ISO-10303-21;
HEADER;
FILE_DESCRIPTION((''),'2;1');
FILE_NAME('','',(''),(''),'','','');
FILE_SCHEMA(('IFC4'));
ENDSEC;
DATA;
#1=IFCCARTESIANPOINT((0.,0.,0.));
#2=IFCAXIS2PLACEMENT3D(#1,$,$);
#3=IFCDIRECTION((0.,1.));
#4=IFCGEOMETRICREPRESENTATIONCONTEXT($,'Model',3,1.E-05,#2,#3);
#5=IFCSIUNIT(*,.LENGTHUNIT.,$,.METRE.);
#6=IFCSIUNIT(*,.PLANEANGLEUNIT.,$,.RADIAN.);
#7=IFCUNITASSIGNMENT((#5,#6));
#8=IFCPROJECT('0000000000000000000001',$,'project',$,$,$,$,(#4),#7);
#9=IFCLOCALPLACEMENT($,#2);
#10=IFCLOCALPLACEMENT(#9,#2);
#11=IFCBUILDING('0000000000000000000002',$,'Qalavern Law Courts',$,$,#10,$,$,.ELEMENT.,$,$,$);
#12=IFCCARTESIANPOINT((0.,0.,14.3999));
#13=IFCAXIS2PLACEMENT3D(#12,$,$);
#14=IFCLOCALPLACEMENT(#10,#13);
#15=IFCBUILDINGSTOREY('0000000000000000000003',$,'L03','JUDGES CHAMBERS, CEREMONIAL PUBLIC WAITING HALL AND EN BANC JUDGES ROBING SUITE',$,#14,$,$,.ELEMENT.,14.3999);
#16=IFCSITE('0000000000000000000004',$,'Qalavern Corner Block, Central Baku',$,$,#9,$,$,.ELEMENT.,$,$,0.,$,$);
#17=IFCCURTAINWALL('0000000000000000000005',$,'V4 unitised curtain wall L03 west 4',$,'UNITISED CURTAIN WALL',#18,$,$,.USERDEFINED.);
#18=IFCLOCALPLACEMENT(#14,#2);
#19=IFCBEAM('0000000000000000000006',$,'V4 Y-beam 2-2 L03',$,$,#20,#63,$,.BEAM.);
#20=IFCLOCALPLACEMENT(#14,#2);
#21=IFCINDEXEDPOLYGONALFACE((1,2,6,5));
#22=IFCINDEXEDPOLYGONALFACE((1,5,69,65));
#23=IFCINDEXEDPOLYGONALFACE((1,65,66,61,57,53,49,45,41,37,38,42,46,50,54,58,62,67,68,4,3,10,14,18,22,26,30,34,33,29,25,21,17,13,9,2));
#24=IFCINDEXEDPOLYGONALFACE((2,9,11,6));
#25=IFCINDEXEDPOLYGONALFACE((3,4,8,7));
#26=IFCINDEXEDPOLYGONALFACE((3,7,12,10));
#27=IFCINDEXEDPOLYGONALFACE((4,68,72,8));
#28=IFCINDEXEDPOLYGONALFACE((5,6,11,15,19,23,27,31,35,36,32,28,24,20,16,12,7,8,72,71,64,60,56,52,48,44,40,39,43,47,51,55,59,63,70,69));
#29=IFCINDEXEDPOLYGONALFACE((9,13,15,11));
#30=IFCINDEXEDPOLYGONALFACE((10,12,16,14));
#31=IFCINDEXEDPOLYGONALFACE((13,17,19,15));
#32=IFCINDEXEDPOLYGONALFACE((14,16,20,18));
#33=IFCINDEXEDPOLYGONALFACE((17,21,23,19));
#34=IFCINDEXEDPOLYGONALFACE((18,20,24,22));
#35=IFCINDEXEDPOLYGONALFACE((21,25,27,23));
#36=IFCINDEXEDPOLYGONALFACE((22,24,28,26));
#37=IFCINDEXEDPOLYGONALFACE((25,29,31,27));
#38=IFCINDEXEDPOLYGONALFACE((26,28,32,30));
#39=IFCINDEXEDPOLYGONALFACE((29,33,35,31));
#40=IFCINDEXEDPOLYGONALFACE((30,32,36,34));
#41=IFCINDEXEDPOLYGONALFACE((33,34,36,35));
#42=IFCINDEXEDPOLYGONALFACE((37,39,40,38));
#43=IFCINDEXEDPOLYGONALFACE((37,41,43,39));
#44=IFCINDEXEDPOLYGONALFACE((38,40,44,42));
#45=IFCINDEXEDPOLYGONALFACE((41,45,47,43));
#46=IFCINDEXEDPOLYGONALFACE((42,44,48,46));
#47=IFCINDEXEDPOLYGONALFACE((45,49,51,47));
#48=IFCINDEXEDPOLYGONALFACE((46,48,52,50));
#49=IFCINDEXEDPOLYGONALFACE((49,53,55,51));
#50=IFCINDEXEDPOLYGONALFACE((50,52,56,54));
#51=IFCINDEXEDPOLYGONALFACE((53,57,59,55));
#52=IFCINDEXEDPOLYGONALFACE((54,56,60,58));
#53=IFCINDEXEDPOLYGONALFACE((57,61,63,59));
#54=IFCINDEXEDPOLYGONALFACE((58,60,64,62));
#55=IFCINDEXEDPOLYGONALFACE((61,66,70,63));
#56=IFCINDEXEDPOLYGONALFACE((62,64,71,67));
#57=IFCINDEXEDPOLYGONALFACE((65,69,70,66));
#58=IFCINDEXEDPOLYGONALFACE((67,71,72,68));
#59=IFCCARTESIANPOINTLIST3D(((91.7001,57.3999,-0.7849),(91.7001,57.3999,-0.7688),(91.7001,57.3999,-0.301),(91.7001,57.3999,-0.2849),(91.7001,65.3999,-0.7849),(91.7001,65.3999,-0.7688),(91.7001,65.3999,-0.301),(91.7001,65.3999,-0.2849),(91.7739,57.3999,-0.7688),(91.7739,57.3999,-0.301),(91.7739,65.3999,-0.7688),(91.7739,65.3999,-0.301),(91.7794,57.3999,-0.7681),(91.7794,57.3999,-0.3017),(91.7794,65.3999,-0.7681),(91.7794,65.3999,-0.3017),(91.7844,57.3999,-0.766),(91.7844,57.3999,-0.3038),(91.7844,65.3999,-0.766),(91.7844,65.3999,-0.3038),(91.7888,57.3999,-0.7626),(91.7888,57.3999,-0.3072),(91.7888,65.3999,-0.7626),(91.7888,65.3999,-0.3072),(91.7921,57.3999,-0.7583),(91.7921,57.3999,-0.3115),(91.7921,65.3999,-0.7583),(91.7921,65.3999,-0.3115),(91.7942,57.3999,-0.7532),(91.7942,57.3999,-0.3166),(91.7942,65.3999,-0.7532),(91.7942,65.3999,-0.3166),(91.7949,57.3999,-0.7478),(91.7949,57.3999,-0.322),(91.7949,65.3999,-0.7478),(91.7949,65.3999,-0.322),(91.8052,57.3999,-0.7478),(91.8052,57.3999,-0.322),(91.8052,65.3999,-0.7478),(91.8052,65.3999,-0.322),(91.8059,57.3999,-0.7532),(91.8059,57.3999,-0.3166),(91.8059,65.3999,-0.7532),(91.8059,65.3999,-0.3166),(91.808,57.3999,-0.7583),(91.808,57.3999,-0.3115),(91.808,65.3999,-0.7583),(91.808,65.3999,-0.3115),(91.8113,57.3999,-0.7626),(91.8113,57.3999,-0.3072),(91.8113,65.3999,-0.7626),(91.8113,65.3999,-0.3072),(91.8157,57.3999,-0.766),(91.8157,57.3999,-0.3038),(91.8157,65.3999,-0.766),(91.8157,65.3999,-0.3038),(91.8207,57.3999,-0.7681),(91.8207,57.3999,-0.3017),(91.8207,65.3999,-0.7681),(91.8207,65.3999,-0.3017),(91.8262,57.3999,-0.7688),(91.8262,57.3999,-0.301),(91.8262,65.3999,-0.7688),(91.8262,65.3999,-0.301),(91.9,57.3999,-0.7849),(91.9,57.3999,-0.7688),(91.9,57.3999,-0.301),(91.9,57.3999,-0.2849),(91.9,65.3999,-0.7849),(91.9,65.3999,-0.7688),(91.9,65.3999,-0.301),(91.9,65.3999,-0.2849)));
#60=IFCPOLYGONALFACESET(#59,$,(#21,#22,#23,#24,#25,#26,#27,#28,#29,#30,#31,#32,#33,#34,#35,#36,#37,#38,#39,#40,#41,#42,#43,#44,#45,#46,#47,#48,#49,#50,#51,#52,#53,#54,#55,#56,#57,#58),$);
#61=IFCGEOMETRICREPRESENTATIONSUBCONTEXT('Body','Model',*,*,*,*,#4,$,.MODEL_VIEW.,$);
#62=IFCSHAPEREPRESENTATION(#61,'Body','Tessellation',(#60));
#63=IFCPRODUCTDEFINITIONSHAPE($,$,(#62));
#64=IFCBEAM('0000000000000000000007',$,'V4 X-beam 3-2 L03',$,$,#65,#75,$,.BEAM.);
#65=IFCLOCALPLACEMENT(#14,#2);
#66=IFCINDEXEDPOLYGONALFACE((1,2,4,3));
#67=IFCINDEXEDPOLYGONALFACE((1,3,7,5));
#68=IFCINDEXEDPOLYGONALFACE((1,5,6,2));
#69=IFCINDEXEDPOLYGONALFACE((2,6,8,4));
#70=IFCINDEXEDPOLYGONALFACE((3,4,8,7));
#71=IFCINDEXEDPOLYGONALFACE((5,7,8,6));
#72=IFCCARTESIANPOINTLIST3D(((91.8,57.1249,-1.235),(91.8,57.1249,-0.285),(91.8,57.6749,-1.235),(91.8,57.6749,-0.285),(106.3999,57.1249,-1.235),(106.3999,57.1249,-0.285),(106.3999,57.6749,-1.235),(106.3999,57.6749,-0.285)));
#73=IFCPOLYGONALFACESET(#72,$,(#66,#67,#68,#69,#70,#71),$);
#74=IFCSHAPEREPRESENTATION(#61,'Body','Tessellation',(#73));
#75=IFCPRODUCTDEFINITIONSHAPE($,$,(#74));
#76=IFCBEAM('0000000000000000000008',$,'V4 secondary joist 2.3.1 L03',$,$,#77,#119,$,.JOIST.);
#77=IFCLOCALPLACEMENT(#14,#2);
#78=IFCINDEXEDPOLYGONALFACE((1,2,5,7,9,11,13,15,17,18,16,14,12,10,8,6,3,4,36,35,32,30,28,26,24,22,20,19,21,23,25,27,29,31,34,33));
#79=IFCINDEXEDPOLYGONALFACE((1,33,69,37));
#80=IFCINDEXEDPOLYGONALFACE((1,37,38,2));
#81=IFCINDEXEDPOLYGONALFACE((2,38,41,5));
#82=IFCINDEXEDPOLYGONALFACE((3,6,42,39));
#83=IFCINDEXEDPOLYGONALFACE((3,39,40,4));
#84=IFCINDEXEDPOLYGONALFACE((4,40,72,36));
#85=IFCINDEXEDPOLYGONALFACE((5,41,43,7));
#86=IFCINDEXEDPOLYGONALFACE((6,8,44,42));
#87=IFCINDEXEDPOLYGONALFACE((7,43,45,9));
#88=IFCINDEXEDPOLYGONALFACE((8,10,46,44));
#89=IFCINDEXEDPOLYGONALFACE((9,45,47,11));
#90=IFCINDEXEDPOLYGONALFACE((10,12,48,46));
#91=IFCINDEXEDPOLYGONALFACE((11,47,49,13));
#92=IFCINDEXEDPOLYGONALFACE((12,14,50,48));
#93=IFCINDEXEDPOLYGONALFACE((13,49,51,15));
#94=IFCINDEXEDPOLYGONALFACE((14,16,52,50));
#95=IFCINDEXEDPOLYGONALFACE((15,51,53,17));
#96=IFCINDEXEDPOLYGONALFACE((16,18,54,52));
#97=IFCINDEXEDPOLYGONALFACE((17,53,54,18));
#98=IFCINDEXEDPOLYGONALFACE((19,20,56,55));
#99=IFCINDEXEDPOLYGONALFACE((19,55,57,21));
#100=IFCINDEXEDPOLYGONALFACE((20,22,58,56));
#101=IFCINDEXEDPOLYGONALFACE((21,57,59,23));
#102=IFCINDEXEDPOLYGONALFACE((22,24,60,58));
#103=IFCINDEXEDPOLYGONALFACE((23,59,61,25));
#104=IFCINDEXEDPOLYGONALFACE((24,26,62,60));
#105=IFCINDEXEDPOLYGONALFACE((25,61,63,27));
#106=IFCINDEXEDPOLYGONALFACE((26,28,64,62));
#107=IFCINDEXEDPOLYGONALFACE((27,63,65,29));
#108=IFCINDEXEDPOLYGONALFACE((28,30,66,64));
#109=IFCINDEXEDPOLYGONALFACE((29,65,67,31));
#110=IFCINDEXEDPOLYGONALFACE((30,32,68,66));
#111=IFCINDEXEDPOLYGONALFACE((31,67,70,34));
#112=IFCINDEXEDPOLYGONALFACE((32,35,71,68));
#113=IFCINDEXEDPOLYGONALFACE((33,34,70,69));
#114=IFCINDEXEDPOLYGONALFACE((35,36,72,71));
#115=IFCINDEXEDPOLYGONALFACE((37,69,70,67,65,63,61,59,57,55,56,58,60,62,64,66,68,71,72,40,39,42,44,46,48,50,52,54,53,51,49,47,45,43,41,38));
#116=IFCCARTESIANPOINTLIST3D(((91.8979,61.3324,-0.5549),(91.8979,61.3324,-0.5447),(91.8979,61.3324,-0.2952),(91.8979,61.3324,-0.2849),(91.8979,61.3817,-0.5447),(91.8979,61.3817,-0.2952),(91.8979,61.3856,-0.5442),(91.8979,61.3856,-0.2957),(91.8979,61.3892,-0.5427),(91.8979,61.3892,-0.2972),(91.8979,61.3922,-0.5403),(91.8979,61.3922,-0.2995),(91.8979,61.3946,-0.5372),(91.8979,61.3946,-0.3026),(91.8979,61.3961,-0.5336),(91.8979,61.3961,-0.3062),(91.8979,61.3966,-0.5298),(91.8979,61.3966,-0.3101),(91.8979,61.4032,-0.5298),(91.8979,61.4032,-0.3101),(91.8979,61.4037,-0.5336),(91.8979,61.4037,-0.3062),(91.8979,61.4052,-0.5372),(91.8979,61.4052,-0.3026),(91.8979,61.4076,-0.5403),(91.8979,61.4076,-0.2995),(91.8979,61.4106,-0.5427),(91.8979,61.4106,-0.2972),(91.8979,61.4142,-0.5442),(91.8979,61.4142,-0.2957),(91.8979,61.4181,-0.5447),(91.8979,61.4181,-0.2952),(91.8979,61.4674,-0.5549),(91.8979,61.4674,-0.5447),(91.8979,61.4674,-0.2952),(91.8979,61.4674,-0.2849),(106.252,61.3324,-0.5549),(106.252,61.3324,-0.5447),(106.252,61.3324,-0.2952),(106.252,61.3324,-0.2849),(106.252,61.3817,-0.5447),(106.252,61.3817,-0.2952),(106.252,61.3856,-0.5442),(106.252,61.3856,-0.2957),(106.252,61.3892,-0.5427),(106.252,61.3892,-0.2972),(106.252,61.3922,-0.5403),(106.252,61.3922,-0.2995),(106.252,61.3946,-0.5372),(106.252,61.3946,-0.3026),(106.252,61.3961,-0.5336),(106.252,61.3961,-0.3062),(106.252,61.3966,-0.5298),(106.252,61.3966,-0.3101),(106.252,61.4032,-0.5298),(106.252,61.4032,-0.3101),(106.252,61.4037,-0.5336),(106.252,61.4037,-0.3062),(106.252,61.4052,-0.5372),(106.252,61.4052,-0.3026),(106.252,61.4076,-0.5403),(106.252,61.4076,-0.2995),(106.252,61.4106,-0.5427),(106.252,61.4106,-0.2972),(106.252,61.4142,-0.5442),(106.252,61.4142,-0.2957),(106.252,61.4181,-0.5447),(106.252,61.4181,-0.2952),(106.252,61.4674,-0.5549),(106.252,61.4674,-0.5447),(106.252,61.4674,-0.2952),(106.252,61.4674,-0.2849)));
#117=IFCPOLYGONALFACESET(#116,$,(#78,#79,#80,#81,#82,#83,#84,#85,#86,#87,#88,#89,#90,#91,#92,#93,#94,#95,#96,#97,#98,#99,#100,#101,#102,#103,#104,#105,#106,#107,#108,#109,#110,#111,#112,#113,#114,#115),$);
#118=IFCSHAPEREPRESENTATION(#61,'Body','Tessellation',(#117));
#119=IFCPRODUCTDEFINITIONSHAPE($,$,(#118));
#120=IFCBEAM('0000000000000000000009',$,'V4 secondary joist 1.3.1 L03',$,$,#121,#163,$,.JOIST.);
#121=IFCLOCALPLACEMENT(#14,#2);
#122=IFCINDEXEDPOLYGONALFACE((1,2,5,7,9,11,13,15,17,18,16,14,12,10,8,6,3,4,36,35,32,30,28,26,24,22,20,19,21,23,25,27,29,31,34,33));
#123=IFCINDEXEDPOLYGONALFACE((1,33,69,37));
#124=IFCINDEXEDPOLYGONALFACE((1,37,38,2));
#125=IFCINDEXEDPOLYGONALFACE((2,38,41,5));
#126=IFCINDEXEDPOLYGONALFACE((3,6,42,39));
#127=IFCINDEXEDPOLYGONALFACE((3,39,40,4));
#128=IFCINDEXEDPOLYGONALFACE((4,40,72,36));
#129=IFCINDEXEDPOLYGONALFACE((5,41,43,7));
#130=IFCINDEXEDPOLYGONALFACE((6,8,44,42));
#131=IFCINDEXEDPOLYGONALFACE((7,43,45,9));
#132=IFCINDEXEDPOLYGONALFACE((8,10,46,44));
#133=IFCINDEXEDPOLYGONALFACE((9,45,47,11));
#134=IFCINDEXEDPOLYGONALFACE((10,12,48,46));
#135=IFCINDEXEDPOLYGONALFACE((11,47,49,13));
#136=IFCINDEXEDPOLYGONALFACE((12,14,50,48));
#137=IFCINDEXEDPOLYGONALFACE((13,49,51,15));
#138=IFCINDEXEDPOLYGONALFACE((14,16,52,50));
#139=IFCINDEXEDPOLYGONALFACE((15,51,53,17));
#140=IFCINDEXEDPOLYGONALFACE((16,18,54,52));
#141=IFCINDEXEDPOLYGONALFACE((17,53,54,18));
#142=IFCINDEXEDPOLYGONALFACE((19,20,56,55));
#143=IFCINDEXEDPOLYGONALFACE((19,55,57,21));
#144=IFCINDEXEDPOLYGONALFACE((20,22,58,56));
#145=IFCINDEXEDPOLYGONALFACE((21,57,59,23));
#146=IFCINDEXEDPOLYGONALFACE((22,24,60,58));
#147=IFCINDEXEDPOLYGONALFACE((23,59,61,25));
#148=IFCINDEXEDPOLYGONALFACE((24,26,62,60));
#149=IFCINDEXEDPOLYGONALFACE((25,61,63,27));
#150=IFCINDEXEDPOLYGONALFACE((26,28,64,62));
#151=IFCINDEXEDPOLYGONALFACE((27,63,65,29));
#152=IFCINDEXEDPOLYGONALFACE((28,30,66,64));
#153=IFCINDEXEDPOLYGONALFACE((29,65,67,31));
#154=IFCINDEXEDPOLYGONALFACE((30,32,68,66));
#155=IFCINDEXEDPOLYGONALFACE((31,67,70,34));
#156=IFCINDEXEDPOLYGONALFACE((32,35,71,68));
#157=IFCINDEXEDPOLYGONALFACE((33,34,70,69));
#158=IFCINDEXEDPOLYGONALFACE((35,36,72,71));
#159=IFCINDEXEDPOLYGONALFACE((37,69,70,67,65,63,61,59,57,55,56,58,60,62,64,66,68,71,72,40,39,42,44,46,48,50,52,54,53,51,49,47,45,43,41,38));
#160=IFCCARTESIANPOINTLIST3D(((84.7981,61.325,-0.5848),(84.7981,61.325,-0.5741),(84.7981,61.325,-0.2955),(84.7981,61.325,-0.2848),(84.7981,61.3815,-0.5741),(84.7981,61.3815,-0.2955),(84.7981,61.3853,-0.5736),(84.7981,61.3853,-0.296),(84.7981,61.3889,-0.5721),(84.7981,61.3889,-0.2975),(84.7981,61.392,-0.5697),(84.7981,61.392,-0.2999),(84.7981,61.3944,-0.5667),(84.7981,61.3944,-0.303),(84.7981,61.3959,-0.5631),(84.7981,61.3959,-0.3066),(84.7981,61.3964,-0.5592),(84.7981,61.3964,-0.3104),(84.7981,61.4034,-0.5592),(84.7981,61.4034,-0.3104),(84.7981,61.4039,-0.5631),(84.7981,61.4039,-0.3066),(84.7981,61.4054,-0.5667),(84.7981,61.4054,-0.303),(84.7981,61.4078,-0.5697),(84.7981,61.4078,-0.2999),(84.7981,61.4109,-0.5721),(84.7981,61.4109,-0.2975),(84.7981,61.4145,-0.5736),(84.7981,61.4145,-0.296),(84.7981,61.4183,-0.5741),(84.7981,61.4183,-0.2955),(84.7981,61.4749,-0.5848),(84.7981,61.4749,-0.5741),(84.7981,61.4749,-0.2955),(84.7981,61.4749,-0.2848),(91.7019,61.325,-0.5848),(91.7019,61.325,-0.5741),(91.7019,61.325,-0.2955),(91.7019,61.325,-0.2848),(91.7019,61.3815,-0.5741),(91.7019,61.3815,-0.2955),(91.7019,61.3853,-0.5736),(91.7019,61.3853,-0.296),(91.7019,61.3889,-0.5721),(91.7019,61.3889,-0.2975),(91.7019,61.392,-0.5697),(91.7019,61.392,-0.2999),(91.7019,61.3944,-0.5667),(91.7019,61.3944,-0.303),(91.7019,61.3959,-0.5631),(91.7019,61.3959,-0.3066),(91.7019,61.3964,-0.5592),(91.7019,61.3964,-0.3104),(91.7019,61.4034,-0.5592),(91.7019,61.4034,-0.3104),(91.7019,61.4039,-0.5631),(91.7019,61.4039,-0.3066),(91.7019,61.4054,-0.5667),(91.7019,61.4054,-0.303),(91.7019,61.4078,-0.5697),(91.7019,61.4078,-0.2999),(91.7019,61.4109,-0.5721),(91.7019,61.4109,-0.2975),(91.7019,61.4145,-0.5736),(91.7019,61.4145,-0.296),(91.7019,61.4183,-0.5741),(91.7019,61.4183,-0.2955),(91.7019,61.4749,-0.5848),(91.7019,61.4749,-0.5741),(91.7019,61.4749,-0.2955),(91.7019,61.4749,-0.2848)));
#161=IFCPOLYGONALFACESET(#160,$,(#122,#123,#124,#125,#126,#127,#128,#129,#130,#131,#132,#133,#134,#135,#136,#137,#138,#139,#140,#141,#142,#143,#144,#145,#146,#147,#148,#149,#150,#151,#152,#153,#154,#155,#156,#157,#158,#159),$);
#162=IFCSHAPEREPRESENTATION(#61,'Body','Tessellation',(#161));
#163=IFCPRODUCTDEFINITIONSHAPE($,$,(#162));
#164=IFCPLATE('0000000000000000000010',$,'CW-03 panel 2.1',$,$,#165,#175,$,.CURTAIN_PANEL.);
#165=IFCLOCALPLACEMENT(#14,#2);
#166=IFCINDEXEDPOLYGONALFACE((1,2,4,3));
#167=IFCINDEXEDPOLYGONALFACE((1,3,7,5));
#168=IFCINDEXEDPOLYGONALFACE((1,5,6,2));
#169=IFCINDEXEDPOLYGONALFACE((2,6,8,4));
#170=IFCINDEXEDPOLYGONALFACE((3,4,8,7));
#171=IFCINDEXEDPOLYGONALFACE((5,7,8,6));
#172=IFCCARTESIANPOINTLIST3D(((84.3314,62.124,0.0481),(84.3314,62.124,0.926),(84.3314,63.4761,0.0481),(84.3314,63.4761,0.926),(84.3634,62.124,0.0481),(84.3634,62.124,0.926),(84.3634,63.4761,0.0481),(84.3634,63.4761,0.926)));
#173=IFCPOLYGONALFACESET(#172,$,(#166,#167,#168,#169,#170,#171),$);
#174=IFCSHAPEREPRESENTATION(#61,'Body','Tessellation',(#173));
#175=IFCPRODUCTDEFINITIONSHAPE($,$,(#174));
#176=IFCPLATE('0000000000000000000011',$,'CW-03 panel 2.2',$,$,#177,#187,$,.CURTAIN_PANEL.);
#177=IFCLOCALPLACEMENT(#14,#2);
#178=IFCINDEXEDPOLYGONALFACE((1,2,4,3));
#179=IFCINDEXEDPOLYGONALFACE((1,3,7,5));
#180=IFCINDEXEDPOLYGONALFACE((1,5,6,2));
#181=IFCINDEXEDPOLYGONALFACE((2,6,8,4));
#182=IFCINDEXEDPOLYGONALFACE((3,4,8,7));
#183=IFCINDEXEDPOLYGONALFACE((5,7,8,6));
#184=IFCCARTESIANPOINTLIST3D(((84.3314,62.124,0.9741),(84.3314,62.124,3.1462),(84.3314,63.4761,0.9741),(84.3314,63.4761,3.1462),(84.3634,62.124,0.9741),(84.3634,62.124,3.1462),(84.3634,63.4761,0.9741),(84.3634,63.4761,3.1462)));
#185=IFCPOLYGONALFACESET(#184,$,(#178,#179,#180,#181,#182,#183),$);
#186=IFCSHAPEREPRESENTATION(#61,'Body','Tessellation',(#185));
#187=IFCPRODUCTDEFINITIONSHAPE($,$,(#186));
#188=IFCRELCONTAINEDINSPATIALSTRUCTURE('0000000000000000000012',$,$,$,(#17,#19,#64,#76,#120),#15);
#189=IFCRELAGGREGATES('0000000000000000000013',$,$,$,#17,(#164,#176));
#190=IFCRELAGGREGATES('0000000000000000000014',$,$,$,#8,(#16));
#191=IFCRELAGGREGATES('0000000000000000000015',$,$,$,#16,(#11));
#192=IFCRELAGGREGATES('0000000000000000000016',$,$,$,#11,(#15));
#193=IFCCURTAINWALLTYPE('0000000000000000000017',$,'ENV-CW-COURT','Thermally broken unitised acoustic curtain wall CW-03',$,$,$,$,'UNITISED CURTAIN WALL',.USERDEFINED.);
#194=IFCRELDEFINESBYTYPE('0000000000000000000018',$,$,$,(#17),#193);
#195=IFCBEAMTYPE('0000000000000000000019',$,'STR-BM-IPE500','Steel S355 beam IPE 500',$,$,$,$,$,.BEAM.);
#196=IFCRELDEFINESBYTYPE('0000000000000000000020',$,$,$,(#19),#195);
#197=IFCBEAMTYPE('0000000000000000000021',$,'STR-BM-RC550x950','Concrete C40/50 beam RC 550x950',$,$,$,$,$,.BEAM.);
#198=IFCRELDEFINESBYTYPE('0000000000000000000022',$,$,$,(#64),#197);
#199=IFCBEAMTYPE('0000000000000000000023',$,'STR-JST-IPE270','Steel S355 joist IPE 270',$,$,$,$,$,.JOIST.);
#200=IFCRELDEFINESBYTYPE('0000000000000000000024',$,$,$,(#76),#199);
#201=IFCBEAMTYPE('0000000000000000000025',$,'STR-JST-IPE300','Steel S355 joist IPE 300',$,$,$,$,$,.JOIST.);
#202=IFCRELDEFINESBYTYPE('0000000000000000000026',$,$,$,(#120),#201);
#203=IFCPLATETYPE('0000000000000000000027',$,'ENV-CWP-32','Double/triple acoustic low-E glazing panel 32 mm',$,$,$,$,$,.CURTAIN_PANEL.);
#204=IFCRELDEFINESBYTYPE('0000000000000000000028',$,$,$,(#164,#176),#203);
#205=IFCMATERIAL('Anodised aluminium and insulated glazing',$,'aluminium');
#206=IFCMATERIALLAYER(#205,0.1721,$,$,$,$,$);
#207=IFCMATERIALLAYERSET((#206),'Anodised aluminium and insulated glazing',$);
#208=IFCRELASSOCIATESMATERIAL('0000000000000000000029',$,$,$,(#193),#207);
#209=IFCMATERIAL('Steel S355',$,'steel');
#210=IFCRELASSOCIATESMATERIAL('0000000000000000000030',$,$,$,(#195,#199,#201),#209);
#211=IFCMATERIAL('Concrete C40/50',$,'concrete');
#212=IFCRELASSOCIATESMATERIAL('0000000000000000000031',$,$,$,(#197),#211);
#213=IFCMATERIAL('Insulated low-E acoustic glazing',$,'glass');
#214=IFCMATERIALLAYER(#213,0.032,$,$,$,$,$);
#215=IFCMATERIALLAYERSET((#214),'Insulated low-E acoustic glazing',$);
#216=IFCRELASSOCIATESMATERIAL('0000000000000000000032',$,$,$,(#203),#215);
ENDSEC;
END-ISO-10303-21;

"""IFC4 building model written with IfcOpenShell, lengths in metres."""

from ifc_helpers import new_model, si_unit, direction, frame, origin, origin_2d, place, context, subcontext, project, spatial, rectangle, i_section, extrude, material, layer, layer_set, material_profile, profile_set, type_object, element, aggregate, save


model = new_model("IFC4")

# Units and contexts
model_context = context("Model", 3, precision=1e-05, world=origin(), true_north=direction((0.0, 1.0)))
body_context = subcontext(model_context, "Body", "Model", "MODEL_VIEW")
ifc_project = project(units=[si_unit("LENGTHUNIT", "METRE"), si_unit("PLANEANGLEUNIT", "RADIAN")], contexts=[model_context])

# Site, building, storey
site_placement = place(None, origin())
site = spatial("IfcSite", under=ifc_project, at=site_placement, Name="Qalavern Corner Block, Central Baku", CompositionType="ELEMENT", RefElevation=0.0)
building_placement = place(site_placement, origin())
building = spatial("IfcBuilding", under=site, at=building_placement, Name="Qalavern Law Courts", CompositionType="ELEMENT")
storey_placement = place(building_placement, frame((0.0, 0.0, 14.3999)))
storey = spatial("IfcBuildingStorey", under=building, at=storey_placement, Name="L03", Description="JUDGES CHAMBERS, CEREMONIAL PUBLIC WAITING HALL AND EN BANC JUDGES ROBING SUITE", CompositionType="ELEMENT", Elevation=14.3999)

# Curtain wall
ifc_material_1 = material(Name="Anodised aluminium and insulated glazing", Category="aluminium")
ifc_layer_1 = layer(ifc_material_1, 0.1721)
ifc_layer_set_1 = layer_set([ifc_layer_1], Name="Anodised aluminium and insulated glazing")
curtain_wall_type = type_object("IfcCurtainWallType", Name="ENV-CW-COURT", Description="Thermally broken unitised acoustic curtain wall CW-03", ElementType="UNITISED CURTAIN WALL", PredefinedType="USERDEFINED", material=ifc_layer_set_1)
curtain_wall_placement = place(storey_placement, origin())
curtain_wall = element("IfcCurtainWall", 1, at=curtain_wall_placement, inside=storey, type_object=curtain_wall_type, Name="V4 unitised curtain wall L03 west 4", ObjectType="UNITISED CURTAIN WALL", PredefinedType="USERDEFINED")

# Beams
ifc_material_2 = material(Name="Steel S355", Category="steel")
ifc_material_profile_1 = material_profile(ifc_material_2, i_section(OverallWidth=0.2, OverallDepth=0.5, WebThickness=0.0103, FlangeThickness=0.0161, FilletRadius=0.021, at=origin_2d()), Name="IPE 500")
ifc_profile_set_1 = profile_set([ifc_material_profile_1], Name="Steel S355")
beam_type_1 = type_object("IfcBeamType", Name="STR-BM-IPE500", Description="Steel S355 beam IPE 500", PredefinedType="BEAM", material=ifc_profile_set_1)
beam_1_placement = place(storey_placement, frame((91.8, 57.3999, -0.5349), z_axis=(0.0, 1.0, 0.0), x_axis=(-1.0, 0.0, 0.0)))
element("IfcBeam", 2, at=beam_1_placement, inside=storey, type_object=beam_type_1, Name="V4 Y-beam 2-2 L03", PredefinedType="BEAM", context=body_context, shape_type="SweptSolid", body=[
    extrude(i_section(OverallWidth=0.2, OverallDepth=0.5, WebThickness=0.0103, FlangeThickness=0.0161, FilletRadius=0.021, at=origin_2d()), origin(), (0.0, 0.0, 1.0), 8.0),
])
ifc_material_3 = material(Name="Concrete C40/50", Category="concrete")
ifc_material_profile_2 = material_profile(ifc_material_3, rectangle(XDim=0.55, YDim=0.95, at=origin_2d()), Name="RC 550x950")
ifc_profile_set_2 = profile_set([ifc_material_profile_2], Name="Concrete C40/50")
beam_type_2 = type_object("IfcBeamType", Name="STR-BM-RC550x950", Description="Concrete C40/50 beam RC 550x950", PredefinedType="BEAM", material=ifc_profile_set_2)
beam_2_placement = place(storey_placement, frame((91.8, 57.3999, -0.76), z_axis=(1.0, 0.0, 0.0), x_axis=(0.0, 1.0, 0.0)))
element("IfcBeam", 3, at=beam_2_placement, inside=storey, type_object=beam_type_2, Name="V4 X-beam 3-2 L03", PredefinedType="BEAM", context=body_context, shape_type="SweptSolid", body=[
    extrude(rectangle(XDim=0.55, YDim=0.95, at=origin_2d()), origin(), (0.0, 0.0, 1.0), 14.5999),
])
ifc_material_profile_3 = material_profile(ifc_material_2, i_section(OverallWidth=0.135, OverallDepth=0.27, WebThickness=0.0066, FlangeThickness=0.0103, FilletRadius=0.0149, at=origin_2d()), Name="IPE 270")
ifc_profile_set_3 = profile_set([ifc_material_profile_3], Name="Steel S355")
beam_type_3 = type_object("IfcBeamType", Name="STR-JST-IPE270", Description="Steel S355 joist IPE 270", PredefinedType="JOIST", material=ifc_profile_set_3)
beam_3_placement = place(storey_placement, frame((91.8979, 61.3999, -0.4199), z_axis=(1.0, 0.0, 0.0), x_axis=(0.0, 1.0, 0.0)))
element("IfcBeam", 4, at=beam_3_placement, inside=storey, type_object=beam_type_3, Name="V4 secondary joist 2.3.1 L03", PredefinedType="JOIST", context=body_context, shape_type="SweptSolid", body=[
    extrude(i_section(OverallWidth=0.135, OverallDepth=0.27, WebThickness=0.0066, FlangeThickness=0.0103, FilletRadius=0.0149, at=origin_2d()), origin(), (0.0, 0.0, 1.0), 14.354),
])
ifc_material_profile_4 = material_profile(ifc_material_2, i_section(OverallWidth=0.1499, OverallDepth=0.3, WebThickness=0.0071, FlangeThickness=0.0107, FilletRadius=0.0149, at=origin_2d()), Name="IPE 300")
ifc_profile_set_4 = profile_set([ifc_material_profile_4], Name="Steel S355")
beam_type_4 = type_object("IfcBeamType", Name="STR-JST-IPE300", Description="Steel S355 joist IPE 300", PredefinedType="JOIST", material=ifc_profile_set_4)
beam_4_placement = place(storey_placement, frame((84.7981, 61.3999, -0.4348), z_axis=(1.0, 0.0, 0.0), x_axis=(0.0, 1.0, 0.0)))
element("IfcBeam", 5, at=beam_4_placement, inside=storey, type_object=beam_type_4, Name="V4 secondary joist 1.3.1 L03", PredefinedType="JOIST", context=body_context, shape_type="SweptSolid", body=[
    extrude(i_section(OverallWidth=0.1499, OverallDepth=0.3, WebThickness=0.0071, FlangeThickness=0.0107, FilletRadius=0.0149, at=origin_2d()), origin(), (0.0, 0.0, 1.0), 6.9038),
])

# Plates
ifc_material_4 = material(Name="Insulated low-E acoustic glazing", Category="glass")
ifc_layer_2 = layer(ifc_material_4, 0.032)
ifc_layer_set_2 = layer_set([ifc_layer_2], Name="Insulated low-E acoustic glazing")
plate_type = type_object("IfcPlateType", Name="ENV-CWP-32", Description="Double/triple acoustic low-E glazing panel 32 mm", PredefinedType="CURTAIN_PANEL", material=ifc_layer_set_2)
plate_1_placement = place(storey_placement, frame((84.3474, 62.8, 0.0481), z_axis=(0.0, 0.0, 1.0), x_axis=(0.0, -1.0, 0.0)))
plate_1 = element("IfcPlate", 6, at=plate_1_placement, type_object=plate_type, Name="CW-03 panel 2.1", PredefinedType="CURTAIN_PANEL", context=body_context, shape_type="SweptSolid", body=[
    extrude(rectangle(XDim=1.3521, YDim=0.032, at=origin_2d()), origin(), (0.0, 0.0, 1.0), 0.8779),
])
plate_2_placement = place(storey_placement, frame((84.3474, 62.8, 0.9741), z_axis=(0.0, 0.0, 1.0), x_axis=(0.0, -1.0, 0.0)))
plate_2 = element("IfcPlate", 7, at=plate_2_placement, type_object=plate_type, Name="CW-03 panel 2.2", PredefinedType="CURTAIN_PANEL", context=body_context, shape_type="SweptSolid", body=[
    extrude(rectangle(XDim=1.3521, YDim=0.032, at=origin_2d()), origin(), (0.0, 0.0, 1.0), 2.1721),
])
aggregate(curtain_wall, [plate_1, plate_2])

save(model, "model.ifc")
